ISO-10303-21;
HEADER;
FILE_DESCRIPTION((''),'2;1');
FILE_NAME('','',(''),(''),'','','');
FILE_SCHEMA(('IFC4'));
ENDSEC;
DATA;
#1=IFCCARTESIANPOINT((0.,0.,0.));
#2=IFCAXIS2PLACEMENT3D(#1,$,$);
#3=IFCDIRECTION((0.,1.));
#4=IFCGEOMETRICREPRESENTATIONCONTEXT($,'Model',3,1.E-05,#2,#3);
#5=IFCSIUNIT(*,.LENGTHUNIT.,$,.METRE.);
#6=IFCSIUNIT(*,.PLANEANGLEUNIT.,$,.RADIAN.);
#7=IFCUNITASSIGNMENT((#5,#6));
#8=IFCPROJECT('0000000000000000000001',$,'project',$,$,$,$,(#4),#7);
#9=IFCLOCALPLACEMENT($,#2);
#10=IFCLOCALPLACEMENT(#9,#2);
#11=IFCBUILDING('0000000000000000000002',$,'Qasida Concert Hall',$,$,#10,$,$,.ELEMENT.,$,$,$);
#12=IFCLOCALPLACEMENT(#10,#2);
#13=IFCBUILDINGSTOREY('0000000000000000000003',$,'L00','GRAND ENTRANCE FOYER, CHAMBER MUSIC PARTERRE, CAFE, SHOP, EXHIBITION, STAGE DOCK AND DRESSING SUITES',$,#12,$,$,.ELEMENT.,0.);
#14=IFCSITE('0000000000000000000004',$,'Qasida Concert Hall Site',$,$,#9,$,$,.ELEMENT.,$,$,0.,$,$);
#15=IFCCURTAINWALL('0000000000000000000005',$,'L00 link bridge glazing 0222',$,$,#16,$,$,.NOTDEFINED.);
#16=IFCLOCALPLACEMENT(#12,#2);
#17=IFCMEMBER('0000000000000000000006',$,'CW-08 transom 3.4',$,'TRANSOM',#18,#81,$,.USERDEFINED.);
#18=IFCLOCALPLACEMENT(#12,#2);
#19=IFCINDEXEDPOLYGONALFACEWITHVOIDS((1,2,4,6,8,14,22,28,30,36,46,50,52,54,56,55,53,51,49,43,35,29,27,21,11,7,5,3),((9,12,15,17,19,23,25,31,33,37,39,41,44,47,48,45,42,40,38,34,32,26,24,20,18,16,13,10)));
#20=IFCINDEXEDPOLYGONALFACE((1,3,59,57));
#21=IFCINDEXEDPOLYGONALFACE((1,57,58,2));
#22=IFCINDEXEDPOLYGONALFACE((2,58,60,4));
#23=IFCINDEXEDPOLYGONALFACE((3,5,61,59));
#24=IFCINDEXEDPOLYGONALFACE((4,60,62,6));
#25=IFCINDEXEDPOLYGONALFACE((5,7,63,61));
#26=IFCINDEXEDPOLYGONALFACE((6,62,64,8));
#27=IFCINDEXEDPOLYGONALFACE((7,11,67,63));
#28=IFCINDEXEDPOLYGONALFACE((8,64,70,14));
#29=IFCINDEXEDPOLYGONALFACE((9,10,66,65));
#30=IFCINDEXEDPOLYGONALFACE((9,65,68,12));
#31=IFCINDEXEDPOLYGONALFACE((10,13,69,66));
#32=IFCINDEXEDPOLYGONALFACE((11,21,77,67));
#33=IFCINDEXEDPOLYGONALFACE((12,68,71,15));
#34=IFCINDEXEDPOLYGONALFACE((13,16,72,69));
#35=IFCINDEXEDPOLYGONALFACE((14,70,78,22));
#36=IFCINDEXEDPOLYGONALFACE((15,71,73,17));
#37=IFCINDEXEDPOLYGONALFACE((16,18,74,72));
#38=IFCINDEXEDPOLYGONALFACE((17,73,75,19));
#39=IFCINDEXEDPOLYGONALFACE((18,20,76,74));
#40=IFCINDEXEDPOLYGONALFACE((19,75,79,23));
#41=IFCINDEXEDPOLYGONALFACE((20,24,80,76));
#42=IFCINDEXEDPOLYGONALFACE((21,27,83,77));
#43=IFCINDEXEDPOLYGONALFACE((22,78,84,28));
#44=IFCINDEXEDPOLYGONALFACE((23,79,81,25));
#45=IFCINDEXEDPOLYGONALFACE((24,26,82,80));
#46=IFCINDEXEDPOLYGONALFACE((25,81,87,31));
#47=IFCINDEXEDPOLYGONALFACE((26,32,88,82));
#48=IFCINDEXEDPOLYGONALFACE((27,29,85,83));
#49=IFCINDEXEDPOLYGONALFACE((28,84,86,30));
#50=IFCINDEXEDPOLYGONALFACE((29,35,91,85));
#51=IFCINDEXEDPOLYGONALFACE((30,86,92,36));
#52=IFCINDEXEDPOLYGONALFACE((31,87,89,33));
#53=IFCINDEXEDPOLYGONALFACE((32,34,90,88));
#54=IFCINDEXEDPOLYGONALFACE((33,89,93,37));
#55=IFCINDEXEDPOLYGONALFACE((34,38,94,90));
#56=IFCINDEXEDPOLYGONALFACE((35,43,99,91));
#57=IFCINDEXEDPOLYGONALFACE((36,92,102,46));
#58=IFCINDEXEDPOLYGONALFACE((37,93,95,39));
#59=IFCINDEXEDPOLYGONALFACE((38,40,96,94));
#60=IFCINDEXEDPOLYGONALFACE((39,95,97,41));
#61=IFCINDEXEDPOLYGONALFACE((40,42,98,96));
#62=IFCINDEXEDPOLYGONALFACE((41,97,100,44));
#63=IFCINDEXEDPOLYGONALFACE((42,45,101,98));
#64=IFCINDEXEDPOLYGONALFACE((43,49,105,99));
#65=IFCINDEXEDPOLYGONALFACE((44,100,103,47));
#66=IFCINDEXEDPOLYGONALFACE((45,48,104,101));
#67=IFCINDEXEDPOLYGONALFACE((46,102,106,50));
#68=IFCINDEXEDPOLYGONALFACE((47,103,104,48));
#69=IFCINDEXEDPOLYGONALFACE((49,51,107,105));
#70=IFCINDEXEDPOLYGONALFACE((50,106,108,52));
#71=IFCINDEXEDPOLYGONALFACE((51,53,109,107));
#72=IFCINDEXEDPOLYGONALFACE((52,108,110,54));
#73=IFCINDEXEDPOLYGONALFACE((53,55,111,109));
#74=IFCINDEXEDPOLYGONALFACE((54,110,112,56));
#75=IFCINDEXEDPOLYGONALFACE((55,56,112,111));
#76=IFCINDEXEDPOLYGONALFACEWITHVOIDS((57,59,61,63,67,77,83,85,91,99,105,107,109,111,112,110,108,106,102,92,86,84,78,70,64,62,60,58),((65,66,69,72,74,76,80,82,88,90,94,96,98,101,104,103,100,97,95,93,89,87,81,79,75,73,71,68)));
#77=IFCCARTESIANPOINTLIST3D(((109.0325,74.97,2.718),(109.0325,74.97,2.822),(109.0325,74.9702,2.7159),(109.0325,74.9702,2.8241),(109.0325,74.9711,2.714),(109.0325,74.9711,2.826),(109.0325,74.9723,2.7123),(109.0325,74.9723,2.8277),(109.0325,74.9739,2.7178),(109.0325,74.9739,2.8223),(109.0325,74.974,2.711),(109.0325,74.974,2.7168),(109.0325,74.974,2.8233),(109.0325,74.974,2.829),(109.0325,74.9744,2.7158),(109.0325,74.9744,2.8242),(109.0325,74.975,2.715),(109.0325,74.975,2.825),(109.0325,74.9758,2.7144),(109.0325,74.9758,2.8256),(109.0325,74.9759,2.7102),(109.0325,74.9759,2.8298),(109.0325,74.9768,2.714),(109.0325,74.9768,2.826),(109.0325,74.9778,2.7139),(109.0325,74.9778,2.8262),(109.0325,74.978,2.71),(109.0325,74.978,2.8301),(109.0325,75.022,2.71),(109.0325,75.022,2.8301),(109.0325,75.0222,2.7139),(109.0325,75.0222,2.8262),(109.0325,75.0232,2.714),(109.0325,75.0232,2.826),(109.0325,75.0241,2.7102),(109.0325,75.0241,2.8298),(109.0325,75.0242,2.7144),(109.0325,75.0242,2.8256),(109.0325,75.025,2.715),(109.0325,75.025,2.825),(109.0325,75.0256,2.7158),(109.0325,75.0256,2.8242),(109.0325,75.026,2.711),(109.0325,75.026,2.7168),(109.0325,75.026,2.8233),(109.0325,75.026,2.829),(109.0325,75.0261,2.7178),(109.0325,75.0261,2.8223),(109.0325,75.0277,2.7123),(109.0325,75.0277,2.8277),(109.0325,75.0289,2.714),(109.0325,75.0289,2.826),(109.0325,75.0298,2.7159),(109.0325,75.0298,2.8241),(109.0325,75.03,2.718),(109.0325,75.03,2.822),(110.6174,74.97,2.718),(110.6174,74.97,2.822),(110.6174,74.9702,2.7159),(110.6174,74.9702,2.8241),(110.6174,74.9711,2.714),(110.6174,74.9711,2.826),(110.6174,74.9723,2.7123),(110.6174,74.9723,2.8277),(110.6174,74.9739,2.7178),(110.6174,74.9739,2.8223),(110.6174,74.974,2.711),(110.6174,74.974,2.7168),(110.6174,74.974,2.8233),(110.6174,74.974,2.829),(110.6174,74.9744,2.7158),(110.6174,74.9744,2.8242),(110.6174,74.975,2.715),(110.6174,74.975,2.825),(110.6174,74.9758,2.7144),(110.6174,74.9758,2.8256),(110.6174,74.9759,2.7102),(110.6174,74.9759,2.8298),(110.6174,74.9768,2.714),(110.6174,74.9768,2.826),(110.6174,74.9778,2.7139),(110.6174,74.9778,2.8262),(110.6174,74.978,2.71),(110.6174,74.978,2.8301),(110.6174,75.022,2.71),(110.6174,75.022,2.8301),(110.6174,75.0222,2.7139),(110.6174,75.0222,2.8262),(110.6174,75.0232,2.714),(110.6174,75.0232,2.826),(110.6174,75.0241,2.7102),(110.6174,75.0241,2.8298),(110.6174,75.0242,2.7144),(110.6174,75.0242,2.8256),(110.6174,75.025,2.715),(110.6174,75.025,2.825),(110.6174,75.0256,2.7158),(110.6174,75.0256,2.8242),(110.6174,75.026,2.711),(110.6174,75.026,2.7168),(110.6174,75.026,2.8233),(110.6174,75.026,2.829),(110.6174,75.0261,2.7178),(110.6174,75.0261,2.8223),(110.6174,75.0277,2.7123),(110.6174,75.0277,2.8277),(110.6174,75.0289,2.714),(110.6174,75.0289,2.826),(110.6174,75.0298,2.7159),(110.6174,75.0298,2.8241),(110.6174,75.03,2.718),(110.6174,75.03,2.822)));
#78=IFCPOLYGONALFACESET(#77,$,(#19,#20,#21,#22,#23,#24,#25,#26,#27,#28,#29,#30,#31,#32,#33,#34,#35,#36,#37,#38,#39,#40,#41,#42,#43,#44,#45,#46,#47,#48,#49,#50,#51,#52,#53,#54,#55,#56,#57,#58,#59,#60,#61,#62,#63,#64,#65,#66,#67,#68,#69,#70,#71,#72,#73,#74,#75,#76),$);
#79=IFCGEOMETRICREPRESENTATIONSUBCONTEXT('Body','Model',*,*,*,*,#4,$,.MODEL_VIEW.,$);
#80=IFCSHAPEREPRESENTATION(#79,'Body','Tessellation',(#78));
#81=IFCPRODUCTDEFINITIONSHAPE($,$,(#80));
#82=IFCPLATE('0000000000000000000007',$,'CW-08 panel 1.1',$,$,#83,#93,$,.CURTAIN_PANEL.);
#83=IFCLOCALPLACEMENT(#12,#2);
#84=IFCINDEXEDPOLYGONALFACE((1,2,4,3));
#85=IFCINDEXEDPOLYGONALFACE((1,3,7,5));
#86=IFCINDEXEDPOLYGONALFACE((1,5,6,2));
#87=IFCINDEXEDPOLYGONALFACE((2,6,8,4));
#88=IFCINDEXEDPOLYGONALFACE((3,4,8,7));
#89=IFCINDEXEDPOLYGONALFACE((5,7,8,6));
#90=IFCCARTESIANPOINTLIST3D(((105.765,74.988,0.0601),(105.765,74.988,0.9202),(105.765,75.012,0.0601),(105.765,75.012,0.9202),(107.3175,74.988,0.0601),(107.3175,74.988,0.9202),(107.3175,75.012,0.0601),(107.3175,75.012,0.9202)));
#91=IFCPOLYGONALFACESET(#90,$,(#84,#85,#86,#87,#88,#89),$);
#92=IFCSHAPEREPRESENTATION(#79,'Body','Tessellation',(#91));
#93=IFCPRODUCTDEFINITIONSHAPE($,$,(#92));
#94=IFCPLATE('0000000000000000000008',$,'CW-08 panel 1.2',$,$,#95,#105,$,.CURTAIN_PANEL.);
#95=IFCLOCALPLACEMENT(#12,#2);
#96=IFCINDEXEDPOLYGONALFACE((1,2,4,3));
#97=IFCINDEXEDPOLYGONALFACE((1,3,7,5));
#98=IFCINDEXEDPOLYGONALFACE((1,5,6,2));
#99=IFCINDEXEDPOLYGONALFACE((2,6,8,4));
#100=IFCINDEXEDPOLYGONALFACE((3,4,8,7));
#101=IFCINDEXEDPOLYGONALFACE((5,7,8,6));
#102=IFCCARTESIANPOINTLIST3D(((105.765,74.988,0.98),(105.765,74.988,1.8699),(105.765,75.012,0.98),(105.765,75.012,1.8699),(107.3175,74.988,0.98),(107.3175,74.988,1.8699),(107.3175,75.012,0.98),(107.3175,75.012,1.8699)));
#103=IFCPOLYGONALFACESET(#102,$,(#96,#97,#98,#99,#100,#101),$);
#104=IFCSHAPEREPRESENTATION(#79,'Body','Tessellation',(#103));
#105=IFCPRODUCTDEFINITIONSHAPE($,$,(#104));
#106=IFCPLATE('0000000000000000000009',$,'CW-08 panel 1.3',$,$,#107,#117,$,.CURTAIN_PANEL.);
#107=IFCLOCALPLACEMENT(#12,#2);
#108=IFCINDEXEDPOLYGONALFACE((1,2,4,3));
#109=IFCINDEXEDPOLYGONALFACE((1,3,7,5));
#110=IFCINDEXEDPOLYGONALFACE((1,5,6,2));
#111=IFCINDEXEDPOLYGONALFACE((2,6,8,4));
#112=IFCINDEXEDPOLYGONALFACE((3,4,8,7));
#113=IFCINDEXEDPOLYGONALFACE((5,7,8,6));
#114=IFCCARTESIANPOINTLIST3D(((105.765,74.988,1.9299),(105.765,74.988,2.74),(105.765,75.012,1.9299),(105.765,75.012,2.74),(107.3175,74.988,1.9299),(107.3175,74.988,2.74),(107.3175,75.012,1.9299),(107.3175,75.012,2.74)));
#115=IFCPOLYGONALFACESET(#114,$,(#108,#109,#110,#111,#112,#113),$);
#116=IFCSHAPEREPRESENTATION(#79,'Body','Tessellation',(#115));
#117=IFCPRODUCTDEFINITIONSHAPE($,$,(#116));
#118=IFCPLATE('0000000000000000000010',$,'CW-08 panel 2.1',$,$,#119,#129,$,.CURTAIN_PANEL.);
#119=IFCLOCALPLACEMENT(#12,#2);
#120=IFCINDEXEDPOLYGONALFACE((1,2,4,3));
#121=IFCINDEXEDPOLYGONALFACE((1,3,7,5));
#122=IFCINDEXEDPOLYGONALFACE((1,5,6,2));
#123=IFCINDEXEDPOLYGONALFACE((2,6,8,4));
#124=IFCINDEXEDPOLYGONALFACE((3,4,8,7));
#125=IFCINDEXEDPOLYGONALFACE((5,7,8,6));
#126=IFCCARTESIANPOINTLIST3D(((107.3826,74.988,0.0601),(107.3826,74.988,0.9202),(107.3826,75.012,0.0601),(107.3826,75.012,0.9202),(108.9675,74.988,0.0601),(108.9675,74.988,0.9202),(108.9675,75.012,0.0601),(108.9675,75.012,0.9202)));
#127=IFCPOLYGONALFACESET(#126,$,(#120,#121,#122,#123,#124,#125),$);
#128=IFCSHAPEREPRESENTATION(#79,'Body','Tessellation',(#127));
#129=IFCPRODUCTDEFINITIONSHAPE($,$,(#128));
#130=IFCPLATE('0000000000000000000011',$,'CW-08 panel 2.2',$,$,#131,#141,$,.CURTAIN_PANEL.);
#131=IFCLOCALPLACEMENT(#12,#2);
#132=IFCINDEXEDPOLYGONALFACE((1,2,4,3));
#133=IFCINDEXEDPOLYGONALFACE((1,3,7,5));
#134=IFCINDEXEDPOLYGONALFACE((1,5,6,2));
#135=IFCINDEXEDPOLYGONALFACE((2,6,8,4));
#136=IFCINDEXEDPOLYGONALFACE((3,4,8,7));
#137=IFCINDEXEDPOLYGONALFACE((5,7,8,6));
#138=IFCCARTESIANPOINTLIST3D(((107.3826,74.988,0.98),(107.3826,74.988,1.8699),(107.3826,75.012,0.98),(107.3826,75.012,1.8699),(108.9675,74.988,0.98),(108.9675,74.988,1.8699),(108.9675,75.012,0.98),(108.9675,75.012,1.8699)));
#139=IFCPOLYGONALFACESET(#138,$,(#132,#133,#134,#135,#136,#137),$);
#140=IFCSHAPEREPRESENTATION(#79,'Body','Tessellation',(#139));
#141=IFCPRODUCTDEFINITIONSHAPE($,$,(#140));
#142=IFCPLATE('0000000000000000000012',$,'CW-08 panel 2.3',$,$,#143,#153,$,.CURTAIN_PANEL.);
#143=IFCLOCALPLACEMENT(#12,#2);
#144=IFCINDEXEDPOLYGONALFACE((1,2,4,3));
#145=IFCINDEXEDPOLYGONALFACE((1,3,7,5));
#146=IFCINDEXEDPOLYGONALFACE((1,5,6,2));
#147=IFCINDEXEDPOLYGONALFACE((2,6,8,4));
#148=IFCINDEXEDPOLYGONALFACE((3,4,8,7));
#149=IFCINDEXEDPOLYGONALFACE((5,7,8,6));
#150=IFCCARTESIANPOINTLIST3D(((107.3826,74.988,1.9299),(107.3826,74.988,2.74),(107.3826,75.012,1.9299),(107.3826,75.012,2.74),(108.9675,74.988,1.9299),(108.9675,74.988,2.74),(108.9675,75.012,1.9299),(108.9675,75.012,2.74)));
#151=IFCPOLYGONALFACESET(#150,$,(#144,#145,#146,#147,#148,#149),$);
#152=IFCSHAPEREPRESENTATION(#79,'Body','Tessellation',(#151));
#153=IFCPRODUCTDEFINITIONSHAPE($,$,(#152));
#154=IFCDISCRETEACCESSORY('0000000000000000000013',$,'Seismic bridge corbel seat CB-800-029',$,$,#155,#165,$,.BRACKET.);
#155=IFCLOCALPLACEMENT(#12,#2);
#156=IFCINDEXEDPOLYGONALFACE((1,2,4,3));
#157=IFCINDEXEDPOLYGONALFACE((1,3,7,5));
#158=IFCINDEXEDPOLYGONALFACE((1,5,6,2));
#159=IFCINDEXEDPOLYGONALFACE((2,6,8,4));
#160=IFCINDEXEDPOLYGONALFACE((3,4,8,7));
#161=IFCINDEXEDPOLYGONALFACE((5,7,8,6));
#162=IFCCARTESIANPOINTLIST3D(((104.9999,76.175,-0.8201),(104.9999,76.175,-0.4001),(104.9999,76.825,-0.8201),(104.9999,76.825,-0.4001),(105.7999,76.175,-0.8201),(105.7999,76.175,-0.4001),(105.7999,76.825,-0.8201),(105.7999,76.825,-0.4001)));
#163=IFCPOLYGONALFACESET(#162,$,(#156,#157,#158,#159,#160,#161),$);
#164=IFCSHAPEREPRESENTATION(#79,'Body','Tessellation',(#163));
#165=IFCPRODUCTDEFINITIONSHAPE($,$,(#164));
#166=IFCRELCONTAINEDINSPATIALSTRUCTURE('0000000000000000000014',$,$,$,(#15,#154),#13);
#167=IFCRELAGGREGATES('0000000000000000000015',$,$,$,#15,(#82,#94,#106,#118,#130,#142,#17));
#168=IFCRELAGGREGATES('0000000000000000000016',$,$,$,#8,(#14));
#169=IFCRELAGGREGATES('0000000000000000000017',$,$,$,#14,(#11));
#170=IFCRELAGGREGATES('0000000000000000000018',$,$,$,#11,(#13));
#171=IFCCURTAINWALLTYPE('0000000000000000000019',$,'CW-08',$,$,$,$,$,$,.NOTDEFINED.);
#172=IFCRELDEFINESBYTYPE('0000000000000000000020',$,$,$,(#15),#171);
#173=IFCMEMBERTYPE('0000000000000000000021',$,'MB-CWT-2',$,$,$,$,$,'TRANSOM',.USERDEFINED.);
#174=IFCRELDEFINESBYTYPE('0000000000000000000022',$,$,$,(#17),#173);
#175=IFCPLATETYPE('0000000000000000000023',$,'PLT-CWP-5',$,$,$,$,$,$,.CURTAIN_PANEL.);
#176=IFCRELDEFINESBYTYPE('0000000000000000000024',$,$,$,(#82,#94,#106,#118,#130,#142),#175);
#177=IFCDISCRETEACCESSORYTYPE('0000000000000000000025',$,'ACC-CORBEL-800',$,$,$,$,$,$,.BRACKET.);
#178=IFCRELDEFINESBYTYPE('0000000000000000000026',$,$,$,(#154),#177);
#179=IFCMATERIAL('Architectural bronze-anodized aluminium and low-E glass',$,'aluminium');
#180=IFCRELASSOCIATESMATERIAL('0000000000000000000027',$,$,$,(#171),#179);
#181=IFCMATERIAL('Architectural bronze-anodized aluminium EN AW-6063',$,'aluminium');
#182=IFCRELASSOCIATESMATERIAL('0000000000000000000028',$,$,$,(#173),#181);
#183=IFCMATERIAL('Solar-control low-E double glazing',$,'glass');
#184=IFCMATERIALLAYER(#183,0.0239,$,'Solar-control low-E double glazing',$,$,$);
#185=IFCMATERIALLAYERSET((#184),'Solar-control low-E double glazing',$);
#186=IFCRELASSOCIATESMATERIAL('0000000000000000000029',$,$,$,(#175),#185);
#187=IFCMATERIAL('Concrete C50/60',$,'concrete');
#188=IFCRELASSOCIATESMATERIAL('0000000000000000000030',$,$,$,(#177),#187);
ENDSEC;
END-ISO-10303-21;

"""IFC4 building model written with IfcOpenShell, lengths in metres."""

from ifc_helpers import new_model, si_unit, direction, frame, origin, origin_2d, place, context, subcontext, project, spatial, rectangle, hollow_rectangle, extrude, material, layer, layer_set, material_profile, profile_set, type_object, element, aggregate, save


model = new_model("IFC4")

# Units and contexts
model_context = context("Model", 3, precision=1e-05, world=origin(), true_north=direction((0.0, 1.0)))
body_context = subcontext(model_context, "Body", "Model", "MODEL_VIEW")
ifc_project = project(units=[si_unit("LENGTHUNIT", "METRE"), si_unit("PLANEANGLEUNIT", "RADIAN")], contexts=[model_context])

# Site, building, storey
site_placement = place(None, origin())
site = spatial("IfcSite", under=ifc_project, at=site_placement, Name="Qasida Concert Hall Site", CompositionType="ELEMENT", RefElevation=0.0)
building_placement = place(site_placement, origin())
building = spatial("IfcBuilding", under=site, at=building_placement, Name="Qasida Concert Hall", CompositionType="ELEMENT")
storey_placement = place(building_placement, origin())
storey = spatial("IfcBuildingStorey", under=building, at=storey_placement, Name="L00", Description="GRAND ENTRANCE FOYER, CHAMBER MUSIC PARTERRE, CAFE, SHOP, EXHIBITION, STAGE DOCK AND DRESSING SUITES", CompositionType="ELEMENT", Elevation=0.0)

# Curtain wall, member, plates
ifc_material_1 = material(Name="Architectural bronze-anodized aluminium and low-E glass", Category="aluminium")
curtain_wall_type = type_object("IfcCurtainWallType", Name="CW-08", PredefinedType="NOTDEFINED", material=ifc_material_1)
curtain_wall_placement = place(storey_placement, origin())
curtain_wall = element("IfcCurtainWall", 1, at=curtain_wall_placement, inside=storey, type_object=curtain_wall_type, Name="L00 link bridge glazing 0222", PredefinedType="NOTDEFINED")
ifc_material_2 = material(Name="Architectural bronze-anodized aluminium EN AW-6063", Category="aluminium")
ifc_material_profile_1 = material_profile(ifc_material_2, hollow_rectangle(XDim=0.0601, YDim=0.1201, WallThickness=0.0039, InnerFilletRadius=0.0039, OuterFilletRadius=0.0081, at=origin_2d()), Name="CWT 120x60x4")
ifc_profile_set_1 = profile_set([ifc_material_profile_1], Name="Architectural bronze-anodized aluminium EN AW-6063")
member_type_1 = type_object("IfcMemberType", Name="MB-CWT-2", ElementType="TRANSOM", PredefinedType="USERDEFINED", material=ifc_profile_set_1)
member_1_placement = place(storey_placement, frame((109.0325, 75.0, 2.77), z_axis=(1.0, 0.0, 0.0), x_axis=(0.0, 1.0, 0.0)))
member_1 = element("IfcMember", 2, at=member_1_placement, type_object=member_type_1, Name="CW-08 transom 3.4", ObjectType="TRANSOM", PredefinedType="USERDEFINED", context=body_context, shape_type="SweptSolid", body=[
    extrude(hollow_rectangle(XDim=0.0601, YDim=0.1201, WallThickness=0.0039, InnerFilletRadius=0.0039, OuterFilletRadius=0.0081, at=origin_2d()), origin(), (0.0, 0.0, 1.0), 1.585),
])
ifc_material_3 = material(Name="Solar-control low-E double glazing", Category="glass")
ifc_layer = layer(ifc_material_3, 0.0239, Name="Solar-control low-E double glazing")
ifc_layer_set = layer_set([ifc_layer], Name="Solar-control low-E double glazing")
plate_type = type_object("IfcPlateType", Name="PLT-CWP-5", PredefinedType="CURTAIN_PANEL", material=ifc_layer_set)
plate_1_placement = place(storey_placement, frame((106.5413, 75.0, 0.0601), z_axis=(0.0, 0.0, 1.0), x_axis=(1.0, 0.0, 0.0)))
plate_1 = element("IfcPlate", 3, at=plate_1_placement, type_object=plate_type, Name="CW-08 panel 1.1", PredefinedType="CURTAIN_PANEL", context=body_context, shape_type="SweptSolid", body=[
    extrude(rectangle(XDim=1.5525, YDim=0.0239, at=origin_2d()), origin(), (0.0, 0.0, 1.0), 0.8601),
])
plate_2_placement = place(storey_placement, frame((106.5413, 75.0, 0.98), z_axis=(0.0, 0.0, 1.0), x_axis=(1.0, 0.0, 0.0)))
plate_2 = element("IfcPlate", 4, at=plate_2_placement, type_object=plate_type, Name="CW-08 panel 1.2", PredefinedType="CURTAIN_PANEL", context=body_context, shape_type="SweptSolid", body=[
    extrude(rectangle(XDim=1.5525, YDim=0.0239, at=origin_2d()), origin(), (0.0, 0.0, 1.0), 0.8899),
])
plate_3_placement = place(storey_placement, frame((106.5413, 75.0, 1.9299), z_axis=(0.0, 0.0, 1.0), x_axis=(1.0, 0.0, 0.0)))
plate_3 = element("IfcPlate", 5, at=plate_3_placement, type_object=plate_type, Name="CW-08 panel 1.3", PredefinedType="CURTAIN_PANEL", context=body_context, shape_type="SweptSolid", body=[
    extrude(rectangle(XDim=1.5525, YDim=0.0239, at=origin_2d()), origin(), (0.0, 0.0, 1.0), 0.8101),
])
plate_4_placement = place(storey_placement, frame((108.175, 75.0, 0.0601), z_axis=(0.0, 0.0, 1.0), x_axis=(1.0, 0.0, 0.0)))
plate_4 = element("IfcPlate", 6, at=plate_4_placement, type_object=plate_type, Name="CW-08 panel 2.1", PredefinedType="CURTAIN_PANEL", context=body_context, shape_type="SweptSolid", body=[
    extrude(rectangle(XDim=1.585, YDim=0.0239, at=origin_2d()), origin(), (0.0, 0.0, 1.0), 0.8601),
])
plate_5_placement = place(storey_placement, frame((108.175, 75.0, 0.98), z_axis=(0.0, 0.0, 1.0), x_axis=(1.0, 0.0, 0.0)))
plate_5 = element("IfcPlate", 7, at=plate_5_placement, type_object=plate_type, Name="CW-08 panel 2.2", PredefinedType="CURTAIN_PANEL", context=body_context, shape_type="SweptSolid", body=[
    extrude(rectangle(XDim=1.585, YDim=0.0239, at=origin_2d()), origin(), (0.0, 0.0, 1.0), 0.8899),
])
plate_6_placement = place(storey_placement, frame((108.175, 75.0, 1.9299), z_axis=(0.0, 0.0, 1.0), x_axis=(1.0, 0.0, 0.0)))
plate_6 = element("IfcPlate", 8, at=plate_6_placement, type_object=plate_type, Name="CW-08 panel 2.3", PredefinedType="CURTAIN_PANEL", context=body_context, shape_type="SweptSolid", body=[
    extrude(rectangle(XDim=1.585, YDim=0.0239, at=origin_2d()), origin(), (0.0, 0.0, 1.0), 0.8101),
])
aggregate(curtain_wall, [plate_1, plate_2, plate_3, plate_4, plate_5, plate_6, member_1])

# Discrete accessory
ifc_material_4 = material(Name="Concrete C50/60", Category="concrete")
discrete_accessory_type = type_object("IfcDiscreteAccessoryType", Name="ACC-CORBEL-800", PredefinedType="BRACKET", material=ifc_material_4)
discrete_accessory_placement = place(storey_placement, frame((105.3999, 76.5, -0.8201), z_axis=(0.0, 0.0, 1.0), x_axis=(1.0, 0.0, 0.0)))
element("IfcDiscreteAccessory", 9, at=discrete_accessory_placement, inside=storey, type_object=discrete_accessory_type, Name="Seismic bridge corbel seat CB-800-029", PredefinedType="BRACKET", context=body_context, shape_type="SweptSolid", body=[
    extrude(rectangle(XDim=0.8, YDim=0.6499, at=origin_2d()), origin(), (0.0, 0.0, 1.0), 0.4199),
])

save(model, "model.ifc")
